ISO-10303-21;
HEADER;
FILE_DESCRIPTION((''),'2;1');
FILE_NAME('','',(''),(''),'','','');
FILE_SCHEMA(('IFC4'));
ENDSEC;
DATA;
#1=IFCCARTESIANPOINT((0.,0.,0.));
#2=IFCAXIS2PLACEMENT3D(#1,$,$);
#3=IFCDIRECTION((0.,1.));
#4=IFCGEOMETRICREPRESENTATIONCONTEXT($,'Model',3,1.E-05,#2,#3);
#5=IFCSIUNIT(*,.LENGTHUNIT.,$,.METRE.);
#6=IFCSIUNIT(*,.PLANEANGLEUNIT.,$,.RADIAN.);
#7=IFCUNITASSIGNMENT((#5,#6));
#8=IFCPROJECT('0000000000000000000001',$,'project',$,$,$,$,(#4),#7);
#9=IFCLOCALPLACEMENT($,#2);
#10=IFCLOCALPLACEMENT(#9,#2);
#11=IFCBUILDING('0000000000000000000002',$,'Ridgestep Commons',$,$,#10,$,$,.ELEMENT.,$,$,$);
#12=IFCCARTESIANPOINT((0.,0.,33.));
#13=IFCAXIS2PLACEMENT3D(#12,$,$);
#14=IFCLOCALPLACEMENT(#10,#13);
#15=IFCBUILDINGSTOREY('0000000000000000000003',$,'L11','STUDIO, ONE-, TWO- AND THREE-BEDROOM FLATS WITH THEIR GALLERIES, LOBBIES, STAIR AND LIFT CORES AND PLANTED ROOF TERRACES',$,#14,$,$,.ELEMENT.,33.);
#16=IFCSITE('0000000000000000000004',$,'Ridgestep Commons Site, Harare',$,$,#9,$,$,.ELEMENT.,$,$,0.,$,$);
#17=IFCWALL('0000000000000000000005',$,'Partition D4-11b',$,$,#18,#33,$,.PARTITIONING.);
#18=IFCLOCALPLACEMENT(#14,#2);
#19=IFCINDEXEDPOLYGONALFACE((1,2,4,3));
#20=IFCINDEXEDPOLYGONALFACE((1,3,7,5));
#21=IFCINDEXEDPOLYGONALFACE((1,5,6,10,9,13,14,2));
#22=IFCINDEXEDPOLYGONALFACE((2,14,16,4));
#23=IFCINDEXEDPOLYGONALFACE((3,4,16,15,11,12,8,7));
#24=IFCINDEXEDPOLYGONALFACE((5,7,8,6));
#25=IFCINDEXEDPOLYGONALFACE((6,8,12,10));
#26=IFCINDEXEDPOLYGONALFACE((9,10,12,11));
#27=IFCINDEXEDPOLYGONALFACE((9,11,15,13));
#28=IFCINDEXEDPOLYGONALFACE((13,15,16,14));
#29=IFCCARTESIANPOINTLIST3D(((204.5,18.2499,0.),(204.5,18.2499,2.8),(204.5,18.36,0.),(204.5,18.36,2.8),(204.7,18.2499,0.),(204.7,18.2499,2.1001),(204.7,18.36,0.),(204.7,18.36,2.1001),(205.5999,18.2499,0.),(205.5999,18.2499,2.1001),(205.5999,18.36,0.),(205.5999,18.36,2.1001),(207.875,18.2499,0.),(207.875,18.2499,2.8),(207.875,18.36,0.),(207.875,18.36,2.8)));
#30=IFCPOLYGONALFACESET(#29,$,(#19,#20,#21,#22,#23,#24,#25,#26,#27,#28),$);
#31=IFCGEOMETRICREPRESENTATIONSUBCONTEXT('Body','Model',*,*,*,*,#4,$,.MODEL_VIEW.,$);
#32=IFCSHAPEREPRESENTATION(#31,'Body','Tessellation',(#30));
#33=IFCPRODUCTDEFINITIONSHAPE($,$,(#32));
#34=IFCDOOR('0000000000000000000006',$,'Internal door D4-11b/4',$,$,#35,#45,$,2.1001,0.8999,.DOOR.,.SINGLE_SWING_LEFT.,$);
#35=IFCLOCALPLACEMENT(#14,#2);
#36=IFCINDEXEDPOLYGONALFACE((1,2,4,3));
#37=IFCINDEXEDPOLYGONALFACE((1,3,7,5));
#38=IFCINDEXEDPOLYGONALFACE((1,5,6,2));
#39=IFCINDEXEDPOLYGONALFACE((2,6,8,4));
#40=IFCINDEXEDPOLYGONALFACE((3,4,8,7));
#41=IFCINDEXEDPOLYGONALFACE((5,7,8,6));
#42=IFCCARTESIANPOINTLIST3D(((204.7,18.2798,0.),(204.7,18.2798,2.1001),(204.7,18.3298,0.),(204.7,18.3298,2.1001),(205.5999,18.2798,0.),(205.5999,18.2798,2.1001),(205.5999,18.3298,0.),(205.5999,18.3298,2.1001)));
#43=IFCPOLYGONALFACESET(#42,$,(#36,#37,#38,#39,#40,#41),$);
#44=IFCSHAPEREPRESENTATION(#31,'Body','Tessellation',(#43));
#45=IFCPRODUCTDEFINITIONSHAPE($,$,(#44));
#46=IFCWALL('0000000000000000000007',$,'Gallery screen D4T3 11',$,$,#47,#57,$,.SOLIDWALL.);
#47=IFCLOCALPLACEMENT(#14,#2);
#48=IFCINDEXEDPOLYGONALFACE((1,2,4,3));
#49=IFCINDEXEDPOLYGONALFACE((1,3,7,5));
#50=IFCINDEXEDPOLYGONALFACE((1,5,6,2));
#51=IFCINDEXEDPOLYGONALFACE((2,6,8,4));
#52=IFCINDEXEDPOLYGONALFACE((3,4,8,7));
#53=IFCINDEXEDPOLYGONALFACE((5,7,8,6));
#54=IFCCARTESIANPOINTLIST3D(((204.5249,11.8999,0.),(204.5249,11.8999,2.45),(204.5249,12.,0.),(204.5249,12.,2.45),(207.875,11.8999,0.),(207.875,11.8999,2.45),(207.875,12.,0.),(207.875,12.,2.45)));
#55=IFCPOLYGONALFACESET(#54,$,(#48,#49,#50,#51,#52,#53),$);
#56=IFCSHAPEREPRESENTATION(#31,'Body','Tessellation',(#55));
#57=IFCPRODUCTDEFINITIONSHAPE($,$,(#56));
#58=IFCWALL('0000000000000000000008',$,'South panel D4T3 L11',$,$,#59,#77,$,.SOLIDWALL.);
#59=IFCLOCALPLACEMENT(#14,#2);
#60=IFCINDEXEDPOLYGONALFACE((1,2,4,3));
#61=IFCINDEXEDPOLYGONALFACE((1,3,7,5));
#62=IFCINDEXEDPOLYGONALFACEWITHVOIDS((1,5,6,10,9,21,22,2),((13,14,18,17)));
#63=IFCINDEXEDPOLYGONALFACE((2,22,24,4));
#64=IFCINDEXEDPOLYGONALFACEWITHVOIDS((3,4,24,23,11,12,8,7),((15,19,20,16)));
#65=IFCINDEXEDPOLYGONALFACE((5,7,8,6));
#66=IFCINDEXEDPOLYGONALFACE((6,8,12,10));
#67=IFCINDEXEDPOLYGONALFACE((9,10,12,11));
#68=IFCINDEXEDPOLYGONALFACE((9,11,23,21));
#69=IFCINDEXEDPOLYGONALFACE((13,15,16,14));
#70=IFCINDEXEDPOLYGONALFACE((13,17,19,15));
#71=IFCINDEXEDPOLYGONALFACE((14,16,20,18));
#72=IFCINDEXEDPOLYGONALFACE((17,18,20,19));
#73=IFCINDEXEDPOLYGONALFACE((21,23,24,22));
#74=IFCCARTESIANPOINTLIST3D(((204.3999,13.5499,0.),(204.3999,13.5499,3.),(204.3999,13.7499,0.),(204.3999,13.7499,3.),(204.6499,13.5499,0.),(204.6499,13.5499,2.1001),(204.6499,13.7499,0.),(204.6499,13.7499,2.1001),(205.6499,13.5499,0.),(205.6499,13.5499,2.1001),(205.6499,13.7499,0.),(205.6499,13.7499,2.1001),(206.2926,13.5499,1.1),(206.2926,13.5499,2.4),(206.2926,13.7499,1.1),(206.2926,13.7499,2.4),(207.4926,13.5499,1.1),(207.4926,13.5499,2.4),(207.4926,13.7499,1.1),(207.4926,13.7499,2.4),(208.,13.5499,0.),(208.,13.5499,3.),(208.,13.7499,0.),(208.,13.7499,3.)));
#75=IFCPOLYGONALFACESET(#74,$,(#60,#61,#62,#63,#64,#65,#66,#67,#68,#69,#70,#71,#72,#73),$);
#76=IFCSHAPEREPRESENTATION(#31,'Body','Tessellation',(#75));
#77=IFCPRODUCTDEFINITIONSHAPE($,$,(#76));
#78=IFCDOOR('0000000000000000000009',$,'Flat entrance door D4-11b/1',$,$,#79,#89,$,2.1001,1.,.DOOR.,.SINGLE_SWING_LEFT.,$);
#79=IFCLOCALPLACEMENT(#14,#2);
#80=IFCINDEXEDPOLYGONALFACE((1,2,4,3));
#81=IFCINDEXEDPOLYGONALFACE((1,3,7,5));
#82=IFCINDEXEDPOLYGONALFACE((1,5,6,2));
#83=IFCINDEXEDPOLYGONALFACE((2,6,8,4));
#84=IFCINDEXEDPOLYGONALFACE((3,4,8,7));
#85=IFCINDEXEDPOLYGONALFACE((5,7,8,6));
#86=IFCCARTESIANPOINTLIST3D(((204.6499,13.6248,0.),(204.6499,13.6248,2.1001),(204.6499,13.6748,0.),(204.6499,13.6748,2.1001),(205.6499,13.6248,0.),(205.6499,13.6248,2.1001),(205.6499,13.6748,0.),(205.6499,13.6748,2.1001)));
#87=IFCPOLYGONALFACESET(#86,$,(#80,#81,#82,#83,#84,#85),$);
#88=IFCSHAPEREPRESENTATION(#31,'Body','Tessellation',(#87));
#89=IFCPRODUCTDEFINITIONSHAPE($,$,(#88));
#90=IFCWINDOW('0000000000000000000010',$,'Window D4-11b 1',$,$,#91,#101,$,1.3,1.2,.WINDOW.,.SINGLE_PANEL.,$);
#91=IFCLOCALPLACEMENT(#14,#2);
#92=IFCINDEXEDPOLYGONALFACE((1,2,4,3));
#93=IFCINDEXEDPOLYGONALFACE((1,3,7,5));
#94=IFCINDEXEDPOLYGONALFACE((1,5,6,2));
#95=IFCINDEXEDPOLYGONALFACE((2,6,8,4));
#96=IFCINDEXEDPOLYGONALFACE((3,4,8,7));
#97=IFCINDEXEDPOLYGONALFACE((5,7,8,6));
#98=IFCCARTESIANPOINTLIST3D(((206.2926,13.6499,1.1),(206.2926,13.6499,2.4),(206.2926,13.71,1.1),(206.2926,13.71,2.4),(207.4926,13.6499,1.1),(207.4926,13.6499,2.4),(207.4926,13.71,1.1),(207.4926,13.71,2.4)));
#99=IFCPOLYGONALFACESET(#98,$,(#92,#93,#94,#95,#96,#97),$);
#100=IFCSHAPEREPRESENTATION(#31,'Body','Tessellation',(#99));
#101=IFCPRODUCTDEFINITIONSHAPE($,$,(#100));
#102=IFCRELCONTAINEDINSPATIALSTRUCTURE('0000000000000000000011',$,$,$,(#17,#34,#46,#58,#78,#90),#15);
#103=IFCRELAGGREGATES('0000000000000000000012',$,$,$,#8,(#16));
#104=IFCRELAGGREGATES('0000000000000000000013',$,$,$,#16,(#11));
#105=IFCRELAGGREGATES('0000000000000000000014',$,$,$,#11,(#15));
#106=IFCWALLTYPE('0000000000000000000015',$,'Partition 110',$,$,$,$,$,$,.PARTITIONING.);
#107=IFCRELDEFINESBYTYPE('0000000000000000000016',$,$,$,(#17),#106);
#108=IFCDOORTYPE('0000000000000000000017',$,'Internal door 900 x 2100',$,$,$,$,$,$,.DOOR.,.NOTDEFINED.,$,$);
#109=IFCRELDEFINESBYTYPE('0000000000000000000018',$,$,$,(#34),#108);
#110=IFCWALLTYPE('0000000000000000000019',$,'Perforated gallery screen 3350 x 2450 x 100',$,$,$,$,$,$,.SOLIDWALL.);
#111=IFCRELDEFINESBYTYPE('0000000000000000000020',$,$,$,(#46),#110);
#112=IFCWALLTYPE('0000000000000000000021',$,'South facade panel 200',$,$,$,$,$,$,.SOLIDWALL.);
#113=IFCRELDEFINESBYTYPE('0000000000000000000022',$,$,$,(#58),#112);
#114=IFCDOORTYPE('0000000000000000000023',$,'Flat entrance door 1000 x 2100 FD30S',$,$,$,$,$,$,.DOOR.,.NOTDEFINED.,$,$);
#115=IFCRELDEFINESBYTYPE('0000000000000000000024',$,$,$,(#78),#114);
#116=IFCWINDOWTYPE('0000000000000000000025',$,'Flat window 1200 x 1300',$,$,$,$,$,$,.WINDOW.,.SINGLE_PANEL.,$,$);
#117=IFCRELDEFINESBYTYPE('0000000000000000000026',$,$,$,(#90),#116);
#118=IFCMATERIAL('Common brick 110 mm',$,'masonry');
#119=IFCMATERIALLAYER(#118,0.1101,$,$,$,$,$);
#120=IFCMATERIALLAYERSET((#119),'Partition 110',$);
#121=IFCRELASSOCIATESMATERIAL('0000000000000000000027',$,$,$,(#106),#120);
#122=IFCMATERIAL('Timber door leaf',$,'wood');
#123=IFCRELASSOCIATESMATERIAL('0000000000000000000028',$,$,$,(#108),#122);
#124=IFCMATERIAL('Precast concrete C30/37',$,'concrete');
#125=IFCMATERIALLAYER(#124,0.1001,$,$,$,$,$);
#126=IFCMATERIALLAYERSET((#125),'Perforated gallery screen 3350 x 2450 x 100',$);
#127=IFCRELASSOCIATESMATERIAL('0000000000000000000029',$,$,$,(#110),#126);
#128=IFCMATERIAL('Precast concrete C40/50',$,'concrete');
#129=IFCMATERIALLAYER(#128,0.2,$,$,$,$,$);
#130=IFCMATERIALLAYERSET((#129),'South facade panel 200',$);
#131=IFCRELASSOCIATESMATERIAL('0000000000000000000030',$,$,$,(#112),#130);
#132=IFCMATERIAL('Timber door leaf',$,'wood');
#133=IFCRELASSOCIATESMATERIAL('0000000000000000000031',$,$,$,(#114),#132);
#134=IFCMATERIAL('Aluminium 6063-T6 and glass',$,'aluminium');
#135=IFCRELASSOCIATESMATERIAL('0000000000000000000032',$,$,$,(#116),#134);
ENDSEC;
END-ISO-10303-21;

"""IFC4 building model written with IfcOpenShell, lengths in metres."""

from ifc_helpers import new_model, si_unit, direction, frame, frame_2d, origin, place, context, subcontext, project, spatial, rectangle, extrude, material, layer, layer_set, type_object, element, fill, save


model = new_model("IFC4")

# Units and contexts
model_context = context("Model", 3, precision=1e-05, world=origin(), true_north=direction((0.0, 1.0)))
body_context = subcontext(model_context, "Body", "Model", "MODEL_VIEW")
ifc_project = project(units=[si_unit("LENGTHUNIT", "METRE"), si_unit("PLANEANGLEUNIT", "RADIAN")], contexts=[model_context])

# Site, building, storey
site_placement = place(None, origin())
site = spatial("IfcSite", under=ifc_project, at=site_placement, Name="Ridgestep Commons Site, Harare", CompositionType="ELEMENT", RefElevation=0.0)
building_placement = place(site_placement, origin())
building = spatial("IfcBuilding", under=site, at=building_placement, Name="Ridgestep Commons", CompositionType="ELEMENT")
storey_placement = place(building_placement, frame((0.0, 0.0, 33.0)))
storey = spatial("IfcBuildingStorey", under=building, at=storey_placement, Name="L11", Description="STUDIO, ONE-, TWO- AND THREE-BEDROOM FLATS WITH THEIR GALLERIES, LOBBIES, STAIR AND LIFT CORES AND PLANTED ROOF TERRACES", CompositionType="ELEMENT", Elevation=33.0)

# Shared definitions
ifc_material_1 = material(Name="Common brick 110 mm", Category="masonry")
ifc_layer_1 = layer(ifc_material_1, 0.1101)
ifc_layer_set_1 = layer_set([ifc_layer_1], Name="Partition 110")
wall_type_1 = type_object("IfcWallType", Name="Partition 110", PredefinedType="PARTITIONING", material=ifc_layer_set_1)

# Wall, opening, door
wall_1_placement = place(storey_placement, frame((204.5, 18.3049, 0.0), z_axis=(0.0, 0.0, 1.0), x_axis=(1.0, 0.0, 0.0)))
wall_1 = element("IfcWall", 1, at=wall_1_placement, inside=storey, type_object=wall_type_1, Name="Partition D4-11b", PredefinedType="PARTITIONING", context=body_context, shape_type="SweptSolid", body=[
    extrude(rectangle(XDim=3.375, YDim=0.1101, at=frame_2d((1.6875, 0.0))), origin(), (0.0, 0.0, 1.0), 2.8),
])
opening_1_placement = place(wall_1_placement, frame((0.2, 0.0, 0.0)))
opening_1 = element("IfcOpeningElement", 2, at=opening_1_placement, cuts=wall_1, PredefinedType="OPENING", context=body_context, shape_type="SweptSolid", body=[
    extrude(rectangle(XDim=0.8999, YDim=2.1001, at=frame_2d((0.45, 1.05))), frame((0.0, 0.0649, 0.0), z_axis=(0.0, -1.0, 0.0), x_axis=(1.0, 0.0, 0.0)), (0.0, 0.0, 1.0), 0.1301),
])
ifc_material_2 = material(Name="Timber door leaf", Category="wood")
door_type_1 = type_object("IfcDoorType", Name="Internal door 900 x 2100", OperationType="NOTDEFINED", PredefinedType="DOOR", material=ifc_material_2)
door_1_placement = place(opening_1_placement, origin())
door_1 = element("IfcDoor", 3, at=door_1_placement, inside=storey, type_object=door_type_1, Name="Internal door D4-11b/4", OperationType="SINGLE_SWING_LEFT", OverallHeight=2.1001, OverallWidth=0.8999, PredefinedType="DOOR", context=body_context, shape_type="SweptSolid", body=[
    extrude(rectangle(XDim=0.8999, YDim=2.1001, at=frame_2d((0.45, 1.05))), frame((0.0, 0.0249, 0.0), z_axis=(0.0, -1.0, 0.0), x_axis=(1.0, 0.0, 0.0)), (0.0, 0.0, 1.0), 0.05),
])
fill(opening_1, door_1)

# Wall
ifc_material_3 = material(Name="Precast concrete C30/37", Category="concrete")
ifc_layer_2 = layer(ifc_material_3, 0.1001)
ifc_layer_set_2 = layer_set([ifc_layer_2], Name="Perforated gallery screen 3350 x 2450 x 100")
wall_type_2 = type_object("IfcWallType", Name="Perforated gallery screen 3350 x 2450 x 100", PredefinedType="SOLIDWALL", material=ifc_layer_set_2)
wall_2_placement = place(storey_placement, frame((204.5249, 11.95, 0.0), z_axis=(0.0, 0.0, 1.0), x_axis=(1.0, 0.0, 0.0)))
element("IfcWall", 4, at=wall_2_placement, inside=storey, type_object=wall_type_2, Name="Gallery screen D4T3 11", PredefinedType="SOLIDWALL", context=body_context, shape_type="SweptSolid", body=[
    extrude(rectangle(XDim=3.3501, YDim=0.1001, at=frame_2d((1.675, 0.0))), origin(), (0.0, 0.0, 1.0), 2.45),
])

# Wall, openings, door, window
ifc_material_4 = material(Name="Precast concrete C40/50", Category="concrete")
ifc_layer_3 = layer(ifc_material_4, 0.2)
ifc_layer_set_3 = layer_set([ifc_layer_3], Name="South facade panel 200")
wall_type_3 = type_object("IfcWallType", Name="South facade panel 200", PredefinedType="SOLIDWALL", material=ifc_layer_set_3)
wall_3_placement = place(storey_placement, frame((204.3999, 13.6499, 0.0), z_axis=(0.0, 0.0, 1.0), x_axis=(1.0, 0.0, 0.0)))
wall_3 = element("IfcWall", 5, at=wall_3_placement, inside=storey, type_object=wall_type_3, Name="South panel D4T3 L11", PredefinedType="SOLIDWALL", context=body_context, shape_type="SweptSolid", body=[
    extrude(rectangle(XDim=3.6001, YDim=0.2, at=frame_2d((1.8, 0.0))), origin(), (0.0, 0.0, 1.0), 3.0),
])
opening_2_placement = place(wall_3_placement, frame((1.8926, 0.0, 1.1001)))
opening_2 = element("IfcOpeningElement", 6, at=opening_2_placement, cuts=wall_3, PredefinedType="OPENING", context=body_context, shape_type="SweptSolid", body=[
    extrude(rectangle(XDim=1.2, YDim=1.3, at=frame_2d((0.6001, 0.6499))), frame((0.0, 0.1099, 0.0), z_axis=(0.0, -1.0, 0.0), x_axis=(1.0, 0.0, 0.0)), (0.0, 0.0, 1.0), 0.22),
])
opening_3_placement = place(wall_3_placement, frame((0.25, 0.0, 0.0)))
opening_3 = element("IfcOpeningElement", 7, at=opening_3_placement, cuts=wall_3, PredefinedType="OPENING", context=body_context, shape_type="SweptSolid", body=[
    extrude(rectangle(XDim=1.0, YDim=2.1001, at=frame_2d((0.5, 1.05))), frame((0.0, 0.1099, 0.0), z_axis=(0.0, -1.0, 0.0), x_axis=(1.0, 0.0, 0.0)), (0.0, 0.0, 1.0), 0.22),
])
ifc_material_5 = material(Name="Timber door leaf", Category="wood")
door_type_2 = type_object("IfcDoorType", Name="Flat entrance door 1000 x 2100 FD30S", OperationType="NOTDEFINED", PredefinedType="DOOR", material=ifc_material_5)
door_2_placement = place(opening_3_placement, origin())
door_2 = element("IfcDoor", 8, at=door_2_placement, inside=storey, type_object=door_type_2, Name="Flat entrance door D4-11b/1", OperationType="SINGLE_SWING_LEFT", OverallHeight=2.1001, OverallWidth=1.0, PredefinedType="DOOR", context=body_context, shape_type="SweptSolid", body=[
    extrude(rectangle(XDim=1.0, YDim=2.1001, at=frame_2d((0.5, 1.05))), frame((0.0, 0.0249, 0.0), z_axis=(0.0, -1.0, 0.0), x_axis=(1.0, 0.0, 0.0)), (0.0, 0.0, 1.0), 0.05),
])
fill(opening_3, door_2)
ifc_material_6 = material(Name="Aluminium 6063-T6 and glass", Category="aluminium")
window_type = type_object("IfcWindowType", Name="Flat window 1200 x 1300", PartitioningType="SINGLE_PANEL", PredefinedType="WINDOW", material=ifc_material_6)
window_placement = place(opening_2_placement, origin())
window = element("IfcWindow", 9, at=window_placement, inside=storey, type_object=window_type, Name="Window D4-11b 1", OverallHeight=1.3, OverallWidth=1.2, PartitioningType="SINGLE_PANEL", PredefinedType="WINDOW", context=body_context, shape_type="SweptSolid", body=[
    extrude(rectangle(XDim=1.2, YDim=1.3, at=frame_2d((0.6001, 0.6499))), frame((0.0, 0.0601, 0.0), z_axis=(0.0, -1.0, 0.0), x_axis=(1.0, 0.0, 0.0)), (0.0, 0.0, 1.0), 0.0601),
])
fill(opening_2, window)

save(model, "model.ifc")
